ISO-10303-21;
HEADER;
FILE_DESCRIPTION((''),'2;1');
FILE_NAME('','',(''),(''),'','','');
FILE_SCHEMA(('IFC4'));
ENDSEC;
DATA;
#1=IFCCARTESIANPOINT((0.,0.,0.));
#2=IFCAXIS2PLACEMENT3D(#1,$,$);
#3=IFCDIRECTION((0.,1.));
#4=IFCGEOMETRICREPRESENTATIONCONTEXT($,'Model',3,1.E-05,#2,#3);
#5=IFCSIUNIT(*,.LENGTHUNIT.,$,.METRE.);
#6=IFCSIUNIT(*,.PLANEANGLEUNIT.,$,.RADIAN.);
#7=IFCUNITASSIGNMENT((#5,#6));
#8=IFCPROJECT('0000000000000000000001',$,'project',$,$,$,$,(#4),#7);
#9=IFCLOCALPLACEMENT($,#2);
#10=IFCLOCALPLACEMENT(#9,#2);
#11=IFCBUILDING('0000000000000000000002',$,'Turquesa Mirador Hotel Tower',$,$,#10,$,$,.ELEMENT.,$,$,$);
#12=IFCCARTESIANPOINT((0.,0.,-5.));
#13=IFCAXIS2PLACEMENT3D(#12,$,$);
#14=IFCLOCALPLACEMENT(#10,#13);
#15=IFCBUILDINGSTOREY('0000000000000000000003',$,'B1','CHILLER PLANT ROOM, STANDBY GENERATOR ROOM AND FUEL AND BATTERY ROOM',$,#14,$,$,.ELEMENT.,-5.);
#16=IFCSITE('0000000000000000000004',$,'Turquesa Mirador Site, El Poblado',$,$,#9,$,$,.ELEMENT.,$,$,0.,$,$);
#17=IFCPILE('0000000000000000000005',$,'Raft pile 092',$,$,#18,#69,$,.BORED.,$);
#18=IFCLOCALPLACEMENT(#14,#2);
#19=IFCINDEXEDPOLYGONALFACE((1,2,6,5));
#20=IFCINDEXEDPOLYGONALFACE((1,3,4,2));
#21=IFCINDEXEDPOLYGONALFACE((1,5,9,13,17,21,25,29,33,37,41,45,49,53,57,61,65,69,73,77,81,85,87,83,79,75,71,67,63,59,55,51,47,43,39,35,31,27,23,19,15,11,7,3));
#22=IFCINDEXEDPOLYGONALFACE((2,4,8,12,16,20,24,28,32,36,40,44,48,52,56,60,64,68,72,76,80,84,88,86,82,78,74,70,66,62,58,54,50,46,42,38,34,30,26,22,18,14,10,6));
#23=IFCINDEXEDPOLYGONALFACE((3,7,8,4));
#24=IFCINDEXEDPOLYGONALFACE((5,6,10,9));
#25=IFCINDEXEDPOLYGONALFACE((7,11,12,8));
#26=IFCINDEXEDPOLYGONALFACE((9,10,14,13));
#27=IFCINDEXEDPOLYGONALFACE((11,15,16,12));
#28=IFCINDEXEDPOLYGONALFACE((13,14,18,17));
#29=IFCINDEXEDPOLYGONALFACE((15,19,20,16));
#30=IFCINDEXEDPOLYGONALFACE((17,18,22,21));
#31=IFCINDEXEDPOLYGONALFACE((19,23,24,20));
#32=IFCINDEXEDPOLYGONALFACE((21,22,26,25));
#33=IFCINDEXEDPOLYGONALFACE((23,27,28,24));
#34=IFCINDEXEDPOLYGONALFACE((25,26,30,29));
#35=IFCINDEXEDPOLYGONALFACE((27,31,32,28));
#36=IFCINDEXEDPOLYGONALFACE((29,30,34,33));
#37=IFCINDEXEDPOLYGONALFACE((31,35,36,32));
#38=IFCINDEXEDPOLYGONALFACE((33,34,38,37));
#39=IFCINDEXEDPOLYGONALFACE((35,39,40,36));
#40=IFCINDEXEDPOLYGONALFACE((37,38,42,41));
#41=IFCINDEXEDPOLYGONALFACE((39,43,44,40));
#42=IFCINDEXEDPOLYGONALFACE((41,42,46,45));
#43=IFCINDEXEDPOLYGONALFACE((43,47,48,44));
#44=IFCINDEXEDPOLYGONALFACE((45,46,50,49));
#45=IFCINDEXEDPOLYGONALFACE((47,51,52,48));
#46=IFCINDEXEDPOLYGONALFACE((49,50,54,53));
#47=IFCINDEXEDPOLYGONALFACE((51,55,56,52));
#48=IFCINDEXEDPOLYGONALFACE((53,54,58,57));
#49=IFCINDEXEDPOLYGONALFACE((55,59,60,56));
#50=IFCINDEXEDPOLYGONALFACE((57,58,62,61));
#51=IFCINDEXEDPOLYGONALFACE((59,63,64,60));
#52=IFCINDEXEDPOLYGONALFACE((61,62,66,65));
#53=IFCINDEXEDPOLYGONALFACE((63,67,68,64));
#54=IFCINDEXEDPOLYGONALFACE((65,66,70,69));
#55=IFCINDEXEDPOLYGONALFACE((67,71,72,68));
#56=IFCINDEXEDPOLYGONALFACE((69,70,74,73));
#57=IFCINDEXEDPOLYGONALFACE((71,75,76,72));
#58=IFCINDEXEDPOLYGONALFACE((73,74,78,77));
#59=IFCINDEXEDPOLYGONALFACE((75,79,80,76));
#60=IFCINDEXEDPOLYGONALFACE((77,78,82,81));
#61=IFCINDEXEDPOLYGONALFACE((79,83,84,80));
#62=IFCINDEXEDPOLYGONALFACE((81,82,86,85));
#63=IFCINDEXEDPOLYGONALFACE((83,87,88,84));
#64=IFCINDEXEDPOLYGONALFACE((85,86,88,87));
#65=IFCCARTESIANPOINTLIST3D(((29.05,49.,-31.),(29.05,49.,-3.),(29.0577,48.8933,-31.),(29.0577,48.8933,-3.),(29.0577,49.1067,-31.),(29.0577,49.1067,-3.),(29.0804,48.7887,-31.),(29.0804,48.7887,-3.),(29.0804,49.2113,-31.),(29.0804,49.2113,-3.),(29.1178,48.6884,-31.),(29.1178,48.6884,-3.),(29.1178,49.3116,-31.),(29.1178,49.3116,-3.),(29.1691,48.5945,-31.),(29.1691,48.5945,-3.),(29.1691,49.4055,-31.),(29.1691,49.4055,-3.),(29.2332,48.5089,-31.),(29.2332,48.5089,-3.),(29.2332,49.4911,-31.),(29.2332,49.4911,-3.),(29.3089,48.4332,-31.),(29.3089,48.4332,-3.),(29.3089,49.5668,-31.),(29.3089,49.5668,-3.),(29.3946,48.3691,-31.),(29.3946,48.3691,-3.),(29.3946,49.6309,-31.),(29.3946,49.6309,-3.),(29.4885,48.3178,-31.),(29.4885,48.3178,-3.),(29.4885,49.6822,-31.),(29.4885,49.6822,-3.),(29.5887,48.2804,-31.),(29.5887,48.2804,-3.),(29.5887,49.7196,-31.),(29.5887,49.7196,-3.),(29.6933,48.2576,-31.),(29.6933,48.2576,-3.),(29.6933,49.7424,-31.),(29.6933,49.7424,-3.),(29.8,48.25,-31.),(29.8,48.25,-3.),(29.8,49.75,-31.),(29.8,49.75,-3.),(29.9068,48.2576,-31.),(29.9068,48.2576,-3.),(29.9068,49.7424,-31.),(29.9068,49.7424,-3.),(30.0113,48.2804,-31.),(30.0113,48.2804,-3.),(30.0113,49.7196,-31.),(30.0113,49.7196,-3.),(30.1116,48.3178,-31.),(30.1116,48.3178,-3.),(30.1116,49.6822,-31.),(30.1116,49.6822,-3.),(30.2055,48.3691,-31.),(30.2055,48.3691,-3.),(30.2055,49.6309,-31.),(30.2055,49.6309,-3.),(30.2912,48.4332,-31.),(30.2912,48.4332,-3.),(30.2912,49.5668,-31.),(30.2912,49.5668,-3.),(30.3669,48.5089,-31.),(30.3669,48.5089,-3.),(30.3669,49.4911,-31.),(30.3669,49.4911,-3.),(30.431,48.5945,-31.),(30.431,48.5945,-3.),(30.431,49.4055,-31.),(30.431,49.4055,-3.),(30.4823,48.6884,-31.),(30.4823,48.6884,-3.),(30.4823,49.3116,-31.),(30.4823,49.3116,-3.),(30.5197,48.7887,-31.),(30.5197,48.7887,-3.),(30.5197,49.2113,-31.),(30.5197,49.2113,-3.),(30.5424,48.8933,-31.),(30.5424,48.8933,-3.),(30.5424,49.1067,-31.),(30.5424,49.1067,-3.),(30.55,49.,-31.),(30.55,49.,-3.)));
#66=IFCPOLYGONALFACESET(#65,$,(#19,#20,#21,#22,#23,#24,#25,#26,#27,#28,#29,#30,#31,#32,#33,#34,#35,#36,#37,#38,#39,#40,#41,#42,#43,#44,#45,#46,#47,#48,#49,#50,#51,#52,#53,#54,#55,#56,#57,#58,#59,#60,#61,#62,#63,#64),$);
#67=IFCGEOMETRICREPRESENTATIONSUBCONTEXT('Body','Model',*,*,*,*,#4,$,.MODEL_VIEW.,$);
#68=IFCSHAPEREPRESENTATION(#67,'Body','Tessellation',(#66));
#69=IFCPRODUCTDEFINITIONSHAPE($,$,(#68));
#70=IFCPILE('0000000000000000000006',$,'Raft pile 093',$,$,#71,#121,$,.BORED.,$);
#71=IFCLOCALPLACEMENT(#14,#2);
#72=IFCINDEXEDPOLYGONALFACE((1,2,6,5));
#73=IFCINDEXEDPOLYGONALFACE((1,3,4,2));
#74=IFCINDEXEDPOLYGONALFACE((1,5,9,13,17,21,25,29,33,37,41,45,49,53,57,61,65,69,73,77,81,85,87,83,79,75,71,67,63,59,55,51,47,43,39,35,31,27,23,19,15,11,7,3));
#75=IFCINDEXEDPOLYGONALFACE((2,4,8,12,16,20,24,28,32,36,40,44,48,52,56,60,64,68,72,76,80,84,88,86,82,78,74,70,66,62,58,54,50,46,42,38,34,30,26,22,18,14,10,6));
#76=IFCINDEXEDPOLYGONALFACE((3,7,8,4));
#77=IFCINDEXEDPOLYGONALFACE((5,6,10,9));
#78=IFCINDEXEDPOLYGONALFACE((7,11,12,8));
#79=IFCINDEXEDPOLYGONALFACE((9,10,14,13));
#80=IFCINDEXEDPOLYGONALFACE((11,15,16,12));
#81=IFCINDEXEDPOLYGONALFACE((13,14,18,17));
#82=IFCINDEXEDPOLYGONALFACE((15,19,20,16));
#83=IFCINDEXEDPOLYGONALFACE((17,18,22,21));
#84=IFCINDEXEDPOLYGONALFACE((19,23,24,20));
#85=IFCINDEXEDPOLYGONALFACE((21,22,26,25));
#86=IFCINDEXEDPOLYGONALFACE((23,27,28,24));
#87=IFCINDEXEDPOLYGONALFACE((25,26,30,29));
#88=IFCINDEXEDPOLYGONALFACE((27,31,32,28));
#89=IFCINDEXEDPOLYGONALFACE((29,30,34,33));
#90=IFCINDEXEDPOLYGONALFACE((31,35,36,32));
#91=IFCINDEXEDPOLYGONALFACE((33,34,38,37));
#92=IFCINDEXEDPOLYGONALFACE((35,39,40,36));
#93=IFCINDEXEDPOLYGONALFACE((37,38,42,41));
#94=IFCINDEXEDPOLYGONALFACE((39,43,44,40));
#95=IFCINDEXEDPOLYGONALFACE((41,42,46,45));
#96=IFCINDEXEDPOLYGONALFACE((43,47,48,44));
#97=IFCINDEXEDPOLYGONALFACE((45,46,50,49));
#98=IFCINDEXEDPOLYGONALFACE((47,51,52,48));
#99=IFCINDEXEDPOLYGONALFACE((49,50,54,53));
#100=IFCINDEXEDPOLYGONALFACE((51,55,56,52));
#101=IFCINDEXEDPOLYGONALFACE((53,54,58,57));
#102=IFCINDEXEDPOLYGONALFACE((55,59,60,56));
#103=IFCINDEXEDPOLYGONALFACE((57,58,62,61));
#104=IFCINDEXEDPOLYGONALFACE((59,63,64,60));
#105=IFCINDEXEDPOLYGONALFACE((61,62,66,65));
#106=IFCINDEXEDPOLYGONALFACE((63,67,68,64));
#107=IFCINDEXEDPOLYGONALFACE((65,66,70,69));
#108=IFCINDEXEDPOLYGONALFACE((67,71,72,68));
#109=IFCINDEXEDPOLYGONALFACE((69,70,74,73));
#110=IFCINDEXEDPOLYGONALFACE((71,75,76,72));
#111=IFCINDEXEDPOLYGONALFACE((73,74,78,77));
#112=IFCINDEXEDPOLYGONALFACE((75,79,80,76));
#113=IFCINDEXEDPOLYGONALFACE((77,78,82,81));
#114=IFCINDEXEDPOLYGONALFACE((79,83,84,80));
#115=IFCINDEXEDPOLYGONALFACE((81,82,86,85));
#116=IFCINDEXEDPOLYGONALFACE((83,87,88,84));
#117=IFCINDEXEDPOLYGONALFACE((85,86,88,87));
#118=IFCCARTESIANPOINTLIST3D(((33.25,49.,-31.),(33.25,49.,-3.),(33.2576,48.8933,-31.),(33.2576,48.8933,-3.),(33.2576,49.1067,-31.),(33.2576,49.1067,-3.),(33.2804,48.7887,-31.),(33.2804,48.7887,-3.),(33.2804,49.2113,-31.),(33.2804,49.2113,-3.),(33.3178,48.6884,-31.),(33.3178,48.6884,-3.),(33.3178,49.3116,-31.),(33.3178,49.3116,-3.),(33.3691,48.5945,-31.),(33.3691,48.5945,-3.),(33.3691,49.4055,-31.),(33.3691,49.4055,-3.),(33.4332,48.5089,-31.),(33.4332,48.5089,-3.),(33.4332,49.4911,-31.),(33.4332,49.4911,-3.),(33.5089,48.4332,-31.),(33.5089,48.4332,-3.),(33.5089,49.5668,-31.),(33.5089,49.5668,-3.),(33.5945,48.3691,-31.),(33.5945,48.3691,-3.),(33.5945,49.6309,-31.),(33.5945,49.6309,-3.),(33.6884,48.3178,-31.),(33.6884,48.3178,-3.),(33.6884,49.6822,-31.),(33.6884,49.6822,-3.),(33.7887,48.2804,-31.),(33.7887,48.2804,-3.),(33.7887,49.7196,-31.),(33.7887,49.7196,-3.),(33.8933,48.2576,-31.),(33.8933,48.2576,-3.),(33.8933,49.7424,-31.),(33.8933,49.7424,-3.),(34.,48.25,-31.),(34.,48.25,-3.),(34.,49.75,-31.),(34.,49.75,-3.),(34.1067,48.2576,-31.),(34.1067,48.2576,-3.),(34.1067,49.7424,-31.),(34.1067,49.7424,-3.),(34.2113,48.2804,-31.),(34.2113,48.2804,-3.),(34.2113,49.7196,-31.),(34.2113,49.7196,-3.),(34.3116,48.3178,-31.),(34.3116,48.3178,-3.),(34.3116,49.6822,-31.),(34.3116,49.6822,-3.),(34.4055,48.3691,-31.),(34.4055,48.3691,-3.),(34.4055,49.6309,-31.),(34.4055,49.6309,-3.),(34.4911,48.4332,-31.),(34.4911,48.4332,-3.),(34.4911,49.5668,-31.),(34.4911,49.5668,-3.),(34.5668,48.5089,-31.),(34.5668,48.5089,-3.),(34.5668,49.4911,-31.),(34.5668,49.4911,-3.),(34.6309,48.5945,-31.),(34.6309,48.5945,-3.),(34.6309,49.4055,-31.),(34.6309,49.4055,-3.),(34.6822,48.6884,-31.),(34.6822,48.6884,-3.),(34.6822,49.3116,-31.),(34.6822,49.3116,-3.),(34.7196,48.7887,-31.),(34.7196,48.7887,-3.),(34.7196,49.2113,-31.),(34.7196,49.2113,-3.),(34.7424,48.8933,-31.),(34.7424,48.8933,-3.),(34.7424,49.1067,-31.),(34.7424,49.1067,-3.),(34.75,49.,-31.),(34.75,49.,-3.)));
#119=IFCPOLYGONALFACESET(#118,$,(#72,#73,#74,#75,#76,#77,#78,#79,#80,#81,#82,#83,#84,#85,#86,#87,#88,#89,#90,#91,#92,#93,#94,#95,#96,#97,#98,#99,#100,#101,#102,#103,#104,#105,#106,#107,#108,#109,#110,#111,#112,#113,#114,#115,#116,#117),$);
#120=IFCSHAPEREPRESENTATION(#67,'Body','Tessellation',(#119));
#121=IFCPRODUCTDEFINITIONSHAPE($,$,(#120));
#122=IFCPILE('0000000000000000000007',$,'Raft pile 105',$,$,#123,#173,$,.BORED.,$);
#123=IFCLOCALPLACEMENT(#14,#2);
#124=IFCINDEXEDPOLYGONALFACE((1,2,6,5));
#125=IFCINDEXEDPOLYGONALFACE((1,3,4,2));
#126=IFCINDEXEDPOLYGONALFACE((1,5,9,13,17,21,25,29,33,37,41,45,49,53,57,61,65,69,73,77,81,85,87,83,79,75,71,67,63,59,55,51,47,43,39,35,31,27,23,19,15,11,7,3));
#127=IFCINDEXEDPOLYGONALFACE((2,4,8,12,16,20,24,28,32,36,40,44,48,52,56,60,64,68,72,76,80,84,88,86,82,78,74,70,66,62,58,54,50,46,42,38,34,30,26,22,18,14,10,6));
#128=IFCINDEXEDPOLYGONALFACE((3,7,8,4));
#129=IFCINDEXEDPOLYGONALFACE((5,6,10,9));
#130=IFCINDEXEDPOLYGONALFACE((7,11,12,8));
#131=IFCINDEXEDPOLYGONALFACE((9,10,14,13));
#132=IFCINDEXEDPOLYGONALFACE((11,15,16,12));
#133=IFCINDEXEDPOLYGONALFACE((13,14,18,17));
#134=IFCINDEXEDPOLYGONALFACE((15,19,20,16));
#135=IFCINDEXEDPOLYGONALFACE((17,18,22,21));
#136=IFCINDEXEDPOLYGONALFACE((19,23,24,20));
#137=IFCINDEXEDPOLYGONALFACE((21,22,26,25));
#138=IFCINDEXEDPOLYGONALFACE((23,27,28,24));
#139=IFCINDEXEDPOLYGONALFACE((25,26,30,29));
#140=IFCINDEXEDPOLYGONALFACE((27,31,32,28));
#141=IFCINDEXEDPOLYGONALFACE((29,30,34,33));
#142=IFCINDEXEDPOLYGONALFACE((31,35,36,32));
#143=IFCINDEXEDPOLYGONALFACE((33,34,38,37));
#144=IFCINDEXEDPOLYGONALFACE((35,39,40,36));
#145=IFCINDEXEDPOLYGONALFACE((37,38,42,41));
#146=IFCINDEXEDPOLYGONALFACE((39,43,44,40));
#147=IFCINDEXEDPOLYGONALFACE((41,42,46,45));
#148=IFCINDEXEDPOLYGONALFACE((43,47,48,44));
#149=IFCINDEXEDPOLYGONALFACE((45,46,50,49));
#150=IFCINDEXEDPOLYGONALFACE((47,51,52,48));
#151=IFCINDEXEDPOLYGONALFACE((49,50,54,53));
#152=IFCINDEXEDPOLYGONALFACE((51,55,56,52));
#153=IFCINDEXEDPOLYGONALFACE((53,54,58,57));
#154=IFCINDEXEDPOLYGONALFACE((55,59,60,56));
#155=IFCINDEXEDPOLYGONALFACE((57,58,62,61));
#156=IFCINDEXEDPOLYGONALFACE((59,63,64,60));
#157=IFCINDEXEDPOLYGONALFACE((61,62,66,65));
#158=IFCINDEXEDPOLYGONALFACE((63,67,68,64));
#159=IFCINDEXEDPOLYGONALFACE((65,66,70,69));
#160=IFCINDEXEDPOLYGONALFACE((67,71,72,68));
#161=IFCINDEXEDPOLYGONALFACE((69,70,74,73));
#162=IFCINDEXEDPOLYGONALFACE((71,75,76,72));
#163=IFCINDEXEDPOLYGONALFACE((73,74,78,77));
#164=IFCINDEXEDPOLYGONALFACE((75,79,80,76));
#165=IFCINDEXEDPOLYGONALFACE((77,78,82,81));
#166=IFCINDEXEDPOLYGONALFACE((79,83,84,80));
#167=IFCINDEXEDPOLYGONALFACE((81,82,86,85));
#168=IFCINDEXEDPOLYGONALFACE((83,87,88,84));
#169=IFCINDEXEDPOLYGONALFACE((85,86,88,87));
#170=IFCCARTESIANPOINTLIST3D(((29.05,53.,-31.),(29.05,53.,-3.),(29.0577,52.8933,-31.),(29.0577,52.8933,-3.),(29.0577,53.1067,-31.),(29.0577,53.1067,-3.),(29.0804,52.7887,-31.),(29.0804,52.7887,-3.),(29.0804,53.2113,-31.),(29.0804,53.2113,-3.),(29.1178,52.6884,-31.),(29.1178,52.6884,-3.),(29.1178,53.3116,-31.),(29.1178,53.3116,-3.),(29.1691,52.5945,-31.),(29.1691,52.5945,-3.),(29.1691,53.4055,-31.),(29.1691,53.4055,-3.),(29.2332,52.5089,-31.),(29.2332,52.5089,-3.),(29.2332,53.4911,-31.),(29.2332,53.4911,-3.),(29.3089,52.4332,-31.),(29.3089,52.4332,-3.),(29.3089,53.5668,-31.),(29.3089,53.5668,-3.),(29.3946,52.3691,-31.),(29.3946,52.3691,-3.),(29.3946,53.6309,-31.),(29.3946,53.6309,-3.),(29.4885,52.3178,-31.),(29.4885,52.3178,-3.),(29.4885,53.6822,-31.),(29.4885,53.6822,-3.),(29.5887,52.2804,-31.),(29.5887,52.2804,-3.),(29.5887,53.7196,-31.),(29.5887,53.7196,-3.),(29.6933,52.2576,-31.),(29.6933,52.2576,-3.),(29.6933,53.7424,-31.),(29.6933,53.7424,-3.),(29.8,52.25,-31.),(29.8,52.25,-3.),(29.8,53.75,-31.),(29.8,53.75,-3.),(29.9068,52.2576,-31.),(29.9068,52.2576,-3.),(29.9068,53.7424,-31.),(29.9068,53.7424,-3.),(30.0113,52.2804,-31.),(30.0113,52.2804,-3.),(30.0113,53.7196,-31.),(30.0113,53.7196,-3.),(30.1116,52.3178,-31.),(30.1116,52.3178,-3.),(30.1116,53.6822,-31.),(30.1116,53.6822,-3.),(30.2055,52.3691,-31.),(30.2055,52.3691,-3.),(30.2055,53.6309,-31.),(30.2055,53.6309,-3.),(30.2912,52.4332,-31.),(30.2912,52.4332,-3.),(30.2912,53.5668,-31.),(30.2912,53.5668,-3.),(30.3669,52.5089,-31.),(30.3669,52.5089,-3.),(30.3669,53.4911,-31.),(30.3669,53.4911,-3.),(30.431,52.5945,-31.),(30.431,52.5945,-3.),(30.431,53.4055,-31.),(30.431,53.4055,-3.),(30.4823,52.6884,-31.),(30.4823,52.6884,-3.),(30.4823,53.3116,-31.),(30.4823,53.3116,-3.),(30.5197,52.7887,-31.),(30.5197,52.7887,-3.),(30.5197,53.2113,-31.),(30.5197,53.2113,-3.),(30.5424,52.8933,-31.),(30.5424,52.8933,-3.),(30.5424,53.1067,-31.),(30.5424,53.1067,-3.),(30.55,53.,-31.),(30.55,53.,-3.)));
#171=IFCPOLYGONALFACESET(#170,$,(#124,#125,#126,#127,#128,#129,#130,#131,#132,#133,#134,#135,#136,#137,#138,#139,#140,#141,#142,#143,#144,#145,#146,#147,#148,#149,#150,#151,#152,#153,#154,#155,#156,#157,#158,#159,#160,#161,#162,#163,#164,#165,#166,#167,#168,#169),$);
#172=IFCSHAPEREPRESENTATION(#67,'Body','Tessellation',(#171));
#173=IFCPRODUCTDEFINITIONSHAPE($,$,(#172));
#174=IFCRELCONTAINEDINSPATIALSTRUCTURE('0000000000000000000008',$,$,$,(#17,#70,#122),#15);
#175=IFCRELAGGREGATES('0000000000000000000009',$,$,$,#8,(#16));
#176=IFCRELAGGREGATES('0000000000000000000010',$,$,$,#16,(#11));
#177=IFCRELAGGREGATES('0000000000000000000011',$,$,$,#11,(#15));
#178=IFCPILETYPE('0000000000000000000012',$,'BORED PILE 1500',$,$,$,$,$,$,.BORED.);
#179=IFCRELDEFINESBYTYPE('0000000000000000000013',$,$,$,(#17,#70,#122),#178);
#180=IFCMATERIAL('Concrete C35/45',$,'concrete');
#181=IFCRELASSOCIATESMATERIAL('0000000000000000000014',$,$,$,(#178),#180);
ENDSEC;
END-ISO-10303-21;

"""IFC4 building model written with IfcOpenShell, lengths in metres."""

from ifc_helpers import new_model, si_unit, direction, frame, origin, origin_2d, place, context, subcontext, project, spatial, circle, extrude, material, type_object, element, save


model = new_model("IFC4")

# Units and contexts
model_context = context("Model", 3, precision=1e-05, world=origin(), true_north=direction((0.0, 1.0)))
body_context = subcontext(model_context, "Body", "Model", "MODEL_VIEW")
ifc_project = project(units=[si_unit("LENGTHUNIT", "METRE"), si_unit("PLANEANGLEUNIT", "RADIAN")], contexts=[model_context])

# Site, building, storey
site_placement = place(None, origin())
site = spatial("IfcSite", under=ifc_project, at=site_placement, Name="Turquesa Mirador Site, El Poblado", CompositionType="ELEMENT", RefElevation=0.0)
building_placement = place(site_placement, origin())
building = spatial("IfcBuilding", under=site, at=building_placement, Name="Turquesa Mirador Hotel Tower", CompositionType="ELEMENT")
storey_placement = place(building_placement, frame((0.0, 0.0, -5.0)))
storey = spatial("IfcBuildingStorey", under=building, at=storey_placement, Name="B1", Description="CHILLER PLANT ROOM, STANDBY GENERATOR ROOM AND FUEL AND BATTERY ROOM", CompositionType="ELEMENT", Elevation=-5.0)

# Piles
ifc_material_1 = material(Name="Concrete C35/45", Category="concrete")
pile_type_1 = type_object("IfcPileType", Name="BORED PILE 1500", PredefinedType="BORED", material=ifc_material_1)
for number, where, z_axis, x_axis, name in (
    (1, (29.8, 49.0, -3.0), (0.0, 0.0, -1.0), (1.0, 0.0, 0.0), "Raft pile 092"),
    (2, (34.0, 49.0, -3.0), (0.0, 0.0, -1.0), (1.0, 0.0, 0.0), "Raft pile 093"),
    (3, (29.8, 53.0, -3.0), (0.0, 0.0, -1.0), (1.0, 0.0, 0.0), "Raft pile 105"),
):
    element("IfcPile", number, at=place(storey_placement, frame(where, z_axis=z_axis, x_axis=x_axis)), inside=storey, type_object=pile_type_1, Name=name, PredefinedType="BORED", context=body_context, shape_type="SweptSolid", body=[
        extrude(circle(Radius=0.75, at=origin_2d()), origin(), (0.0, 0.0, 1.0), 28.0),
    ])

save(model, "model.ifc")
